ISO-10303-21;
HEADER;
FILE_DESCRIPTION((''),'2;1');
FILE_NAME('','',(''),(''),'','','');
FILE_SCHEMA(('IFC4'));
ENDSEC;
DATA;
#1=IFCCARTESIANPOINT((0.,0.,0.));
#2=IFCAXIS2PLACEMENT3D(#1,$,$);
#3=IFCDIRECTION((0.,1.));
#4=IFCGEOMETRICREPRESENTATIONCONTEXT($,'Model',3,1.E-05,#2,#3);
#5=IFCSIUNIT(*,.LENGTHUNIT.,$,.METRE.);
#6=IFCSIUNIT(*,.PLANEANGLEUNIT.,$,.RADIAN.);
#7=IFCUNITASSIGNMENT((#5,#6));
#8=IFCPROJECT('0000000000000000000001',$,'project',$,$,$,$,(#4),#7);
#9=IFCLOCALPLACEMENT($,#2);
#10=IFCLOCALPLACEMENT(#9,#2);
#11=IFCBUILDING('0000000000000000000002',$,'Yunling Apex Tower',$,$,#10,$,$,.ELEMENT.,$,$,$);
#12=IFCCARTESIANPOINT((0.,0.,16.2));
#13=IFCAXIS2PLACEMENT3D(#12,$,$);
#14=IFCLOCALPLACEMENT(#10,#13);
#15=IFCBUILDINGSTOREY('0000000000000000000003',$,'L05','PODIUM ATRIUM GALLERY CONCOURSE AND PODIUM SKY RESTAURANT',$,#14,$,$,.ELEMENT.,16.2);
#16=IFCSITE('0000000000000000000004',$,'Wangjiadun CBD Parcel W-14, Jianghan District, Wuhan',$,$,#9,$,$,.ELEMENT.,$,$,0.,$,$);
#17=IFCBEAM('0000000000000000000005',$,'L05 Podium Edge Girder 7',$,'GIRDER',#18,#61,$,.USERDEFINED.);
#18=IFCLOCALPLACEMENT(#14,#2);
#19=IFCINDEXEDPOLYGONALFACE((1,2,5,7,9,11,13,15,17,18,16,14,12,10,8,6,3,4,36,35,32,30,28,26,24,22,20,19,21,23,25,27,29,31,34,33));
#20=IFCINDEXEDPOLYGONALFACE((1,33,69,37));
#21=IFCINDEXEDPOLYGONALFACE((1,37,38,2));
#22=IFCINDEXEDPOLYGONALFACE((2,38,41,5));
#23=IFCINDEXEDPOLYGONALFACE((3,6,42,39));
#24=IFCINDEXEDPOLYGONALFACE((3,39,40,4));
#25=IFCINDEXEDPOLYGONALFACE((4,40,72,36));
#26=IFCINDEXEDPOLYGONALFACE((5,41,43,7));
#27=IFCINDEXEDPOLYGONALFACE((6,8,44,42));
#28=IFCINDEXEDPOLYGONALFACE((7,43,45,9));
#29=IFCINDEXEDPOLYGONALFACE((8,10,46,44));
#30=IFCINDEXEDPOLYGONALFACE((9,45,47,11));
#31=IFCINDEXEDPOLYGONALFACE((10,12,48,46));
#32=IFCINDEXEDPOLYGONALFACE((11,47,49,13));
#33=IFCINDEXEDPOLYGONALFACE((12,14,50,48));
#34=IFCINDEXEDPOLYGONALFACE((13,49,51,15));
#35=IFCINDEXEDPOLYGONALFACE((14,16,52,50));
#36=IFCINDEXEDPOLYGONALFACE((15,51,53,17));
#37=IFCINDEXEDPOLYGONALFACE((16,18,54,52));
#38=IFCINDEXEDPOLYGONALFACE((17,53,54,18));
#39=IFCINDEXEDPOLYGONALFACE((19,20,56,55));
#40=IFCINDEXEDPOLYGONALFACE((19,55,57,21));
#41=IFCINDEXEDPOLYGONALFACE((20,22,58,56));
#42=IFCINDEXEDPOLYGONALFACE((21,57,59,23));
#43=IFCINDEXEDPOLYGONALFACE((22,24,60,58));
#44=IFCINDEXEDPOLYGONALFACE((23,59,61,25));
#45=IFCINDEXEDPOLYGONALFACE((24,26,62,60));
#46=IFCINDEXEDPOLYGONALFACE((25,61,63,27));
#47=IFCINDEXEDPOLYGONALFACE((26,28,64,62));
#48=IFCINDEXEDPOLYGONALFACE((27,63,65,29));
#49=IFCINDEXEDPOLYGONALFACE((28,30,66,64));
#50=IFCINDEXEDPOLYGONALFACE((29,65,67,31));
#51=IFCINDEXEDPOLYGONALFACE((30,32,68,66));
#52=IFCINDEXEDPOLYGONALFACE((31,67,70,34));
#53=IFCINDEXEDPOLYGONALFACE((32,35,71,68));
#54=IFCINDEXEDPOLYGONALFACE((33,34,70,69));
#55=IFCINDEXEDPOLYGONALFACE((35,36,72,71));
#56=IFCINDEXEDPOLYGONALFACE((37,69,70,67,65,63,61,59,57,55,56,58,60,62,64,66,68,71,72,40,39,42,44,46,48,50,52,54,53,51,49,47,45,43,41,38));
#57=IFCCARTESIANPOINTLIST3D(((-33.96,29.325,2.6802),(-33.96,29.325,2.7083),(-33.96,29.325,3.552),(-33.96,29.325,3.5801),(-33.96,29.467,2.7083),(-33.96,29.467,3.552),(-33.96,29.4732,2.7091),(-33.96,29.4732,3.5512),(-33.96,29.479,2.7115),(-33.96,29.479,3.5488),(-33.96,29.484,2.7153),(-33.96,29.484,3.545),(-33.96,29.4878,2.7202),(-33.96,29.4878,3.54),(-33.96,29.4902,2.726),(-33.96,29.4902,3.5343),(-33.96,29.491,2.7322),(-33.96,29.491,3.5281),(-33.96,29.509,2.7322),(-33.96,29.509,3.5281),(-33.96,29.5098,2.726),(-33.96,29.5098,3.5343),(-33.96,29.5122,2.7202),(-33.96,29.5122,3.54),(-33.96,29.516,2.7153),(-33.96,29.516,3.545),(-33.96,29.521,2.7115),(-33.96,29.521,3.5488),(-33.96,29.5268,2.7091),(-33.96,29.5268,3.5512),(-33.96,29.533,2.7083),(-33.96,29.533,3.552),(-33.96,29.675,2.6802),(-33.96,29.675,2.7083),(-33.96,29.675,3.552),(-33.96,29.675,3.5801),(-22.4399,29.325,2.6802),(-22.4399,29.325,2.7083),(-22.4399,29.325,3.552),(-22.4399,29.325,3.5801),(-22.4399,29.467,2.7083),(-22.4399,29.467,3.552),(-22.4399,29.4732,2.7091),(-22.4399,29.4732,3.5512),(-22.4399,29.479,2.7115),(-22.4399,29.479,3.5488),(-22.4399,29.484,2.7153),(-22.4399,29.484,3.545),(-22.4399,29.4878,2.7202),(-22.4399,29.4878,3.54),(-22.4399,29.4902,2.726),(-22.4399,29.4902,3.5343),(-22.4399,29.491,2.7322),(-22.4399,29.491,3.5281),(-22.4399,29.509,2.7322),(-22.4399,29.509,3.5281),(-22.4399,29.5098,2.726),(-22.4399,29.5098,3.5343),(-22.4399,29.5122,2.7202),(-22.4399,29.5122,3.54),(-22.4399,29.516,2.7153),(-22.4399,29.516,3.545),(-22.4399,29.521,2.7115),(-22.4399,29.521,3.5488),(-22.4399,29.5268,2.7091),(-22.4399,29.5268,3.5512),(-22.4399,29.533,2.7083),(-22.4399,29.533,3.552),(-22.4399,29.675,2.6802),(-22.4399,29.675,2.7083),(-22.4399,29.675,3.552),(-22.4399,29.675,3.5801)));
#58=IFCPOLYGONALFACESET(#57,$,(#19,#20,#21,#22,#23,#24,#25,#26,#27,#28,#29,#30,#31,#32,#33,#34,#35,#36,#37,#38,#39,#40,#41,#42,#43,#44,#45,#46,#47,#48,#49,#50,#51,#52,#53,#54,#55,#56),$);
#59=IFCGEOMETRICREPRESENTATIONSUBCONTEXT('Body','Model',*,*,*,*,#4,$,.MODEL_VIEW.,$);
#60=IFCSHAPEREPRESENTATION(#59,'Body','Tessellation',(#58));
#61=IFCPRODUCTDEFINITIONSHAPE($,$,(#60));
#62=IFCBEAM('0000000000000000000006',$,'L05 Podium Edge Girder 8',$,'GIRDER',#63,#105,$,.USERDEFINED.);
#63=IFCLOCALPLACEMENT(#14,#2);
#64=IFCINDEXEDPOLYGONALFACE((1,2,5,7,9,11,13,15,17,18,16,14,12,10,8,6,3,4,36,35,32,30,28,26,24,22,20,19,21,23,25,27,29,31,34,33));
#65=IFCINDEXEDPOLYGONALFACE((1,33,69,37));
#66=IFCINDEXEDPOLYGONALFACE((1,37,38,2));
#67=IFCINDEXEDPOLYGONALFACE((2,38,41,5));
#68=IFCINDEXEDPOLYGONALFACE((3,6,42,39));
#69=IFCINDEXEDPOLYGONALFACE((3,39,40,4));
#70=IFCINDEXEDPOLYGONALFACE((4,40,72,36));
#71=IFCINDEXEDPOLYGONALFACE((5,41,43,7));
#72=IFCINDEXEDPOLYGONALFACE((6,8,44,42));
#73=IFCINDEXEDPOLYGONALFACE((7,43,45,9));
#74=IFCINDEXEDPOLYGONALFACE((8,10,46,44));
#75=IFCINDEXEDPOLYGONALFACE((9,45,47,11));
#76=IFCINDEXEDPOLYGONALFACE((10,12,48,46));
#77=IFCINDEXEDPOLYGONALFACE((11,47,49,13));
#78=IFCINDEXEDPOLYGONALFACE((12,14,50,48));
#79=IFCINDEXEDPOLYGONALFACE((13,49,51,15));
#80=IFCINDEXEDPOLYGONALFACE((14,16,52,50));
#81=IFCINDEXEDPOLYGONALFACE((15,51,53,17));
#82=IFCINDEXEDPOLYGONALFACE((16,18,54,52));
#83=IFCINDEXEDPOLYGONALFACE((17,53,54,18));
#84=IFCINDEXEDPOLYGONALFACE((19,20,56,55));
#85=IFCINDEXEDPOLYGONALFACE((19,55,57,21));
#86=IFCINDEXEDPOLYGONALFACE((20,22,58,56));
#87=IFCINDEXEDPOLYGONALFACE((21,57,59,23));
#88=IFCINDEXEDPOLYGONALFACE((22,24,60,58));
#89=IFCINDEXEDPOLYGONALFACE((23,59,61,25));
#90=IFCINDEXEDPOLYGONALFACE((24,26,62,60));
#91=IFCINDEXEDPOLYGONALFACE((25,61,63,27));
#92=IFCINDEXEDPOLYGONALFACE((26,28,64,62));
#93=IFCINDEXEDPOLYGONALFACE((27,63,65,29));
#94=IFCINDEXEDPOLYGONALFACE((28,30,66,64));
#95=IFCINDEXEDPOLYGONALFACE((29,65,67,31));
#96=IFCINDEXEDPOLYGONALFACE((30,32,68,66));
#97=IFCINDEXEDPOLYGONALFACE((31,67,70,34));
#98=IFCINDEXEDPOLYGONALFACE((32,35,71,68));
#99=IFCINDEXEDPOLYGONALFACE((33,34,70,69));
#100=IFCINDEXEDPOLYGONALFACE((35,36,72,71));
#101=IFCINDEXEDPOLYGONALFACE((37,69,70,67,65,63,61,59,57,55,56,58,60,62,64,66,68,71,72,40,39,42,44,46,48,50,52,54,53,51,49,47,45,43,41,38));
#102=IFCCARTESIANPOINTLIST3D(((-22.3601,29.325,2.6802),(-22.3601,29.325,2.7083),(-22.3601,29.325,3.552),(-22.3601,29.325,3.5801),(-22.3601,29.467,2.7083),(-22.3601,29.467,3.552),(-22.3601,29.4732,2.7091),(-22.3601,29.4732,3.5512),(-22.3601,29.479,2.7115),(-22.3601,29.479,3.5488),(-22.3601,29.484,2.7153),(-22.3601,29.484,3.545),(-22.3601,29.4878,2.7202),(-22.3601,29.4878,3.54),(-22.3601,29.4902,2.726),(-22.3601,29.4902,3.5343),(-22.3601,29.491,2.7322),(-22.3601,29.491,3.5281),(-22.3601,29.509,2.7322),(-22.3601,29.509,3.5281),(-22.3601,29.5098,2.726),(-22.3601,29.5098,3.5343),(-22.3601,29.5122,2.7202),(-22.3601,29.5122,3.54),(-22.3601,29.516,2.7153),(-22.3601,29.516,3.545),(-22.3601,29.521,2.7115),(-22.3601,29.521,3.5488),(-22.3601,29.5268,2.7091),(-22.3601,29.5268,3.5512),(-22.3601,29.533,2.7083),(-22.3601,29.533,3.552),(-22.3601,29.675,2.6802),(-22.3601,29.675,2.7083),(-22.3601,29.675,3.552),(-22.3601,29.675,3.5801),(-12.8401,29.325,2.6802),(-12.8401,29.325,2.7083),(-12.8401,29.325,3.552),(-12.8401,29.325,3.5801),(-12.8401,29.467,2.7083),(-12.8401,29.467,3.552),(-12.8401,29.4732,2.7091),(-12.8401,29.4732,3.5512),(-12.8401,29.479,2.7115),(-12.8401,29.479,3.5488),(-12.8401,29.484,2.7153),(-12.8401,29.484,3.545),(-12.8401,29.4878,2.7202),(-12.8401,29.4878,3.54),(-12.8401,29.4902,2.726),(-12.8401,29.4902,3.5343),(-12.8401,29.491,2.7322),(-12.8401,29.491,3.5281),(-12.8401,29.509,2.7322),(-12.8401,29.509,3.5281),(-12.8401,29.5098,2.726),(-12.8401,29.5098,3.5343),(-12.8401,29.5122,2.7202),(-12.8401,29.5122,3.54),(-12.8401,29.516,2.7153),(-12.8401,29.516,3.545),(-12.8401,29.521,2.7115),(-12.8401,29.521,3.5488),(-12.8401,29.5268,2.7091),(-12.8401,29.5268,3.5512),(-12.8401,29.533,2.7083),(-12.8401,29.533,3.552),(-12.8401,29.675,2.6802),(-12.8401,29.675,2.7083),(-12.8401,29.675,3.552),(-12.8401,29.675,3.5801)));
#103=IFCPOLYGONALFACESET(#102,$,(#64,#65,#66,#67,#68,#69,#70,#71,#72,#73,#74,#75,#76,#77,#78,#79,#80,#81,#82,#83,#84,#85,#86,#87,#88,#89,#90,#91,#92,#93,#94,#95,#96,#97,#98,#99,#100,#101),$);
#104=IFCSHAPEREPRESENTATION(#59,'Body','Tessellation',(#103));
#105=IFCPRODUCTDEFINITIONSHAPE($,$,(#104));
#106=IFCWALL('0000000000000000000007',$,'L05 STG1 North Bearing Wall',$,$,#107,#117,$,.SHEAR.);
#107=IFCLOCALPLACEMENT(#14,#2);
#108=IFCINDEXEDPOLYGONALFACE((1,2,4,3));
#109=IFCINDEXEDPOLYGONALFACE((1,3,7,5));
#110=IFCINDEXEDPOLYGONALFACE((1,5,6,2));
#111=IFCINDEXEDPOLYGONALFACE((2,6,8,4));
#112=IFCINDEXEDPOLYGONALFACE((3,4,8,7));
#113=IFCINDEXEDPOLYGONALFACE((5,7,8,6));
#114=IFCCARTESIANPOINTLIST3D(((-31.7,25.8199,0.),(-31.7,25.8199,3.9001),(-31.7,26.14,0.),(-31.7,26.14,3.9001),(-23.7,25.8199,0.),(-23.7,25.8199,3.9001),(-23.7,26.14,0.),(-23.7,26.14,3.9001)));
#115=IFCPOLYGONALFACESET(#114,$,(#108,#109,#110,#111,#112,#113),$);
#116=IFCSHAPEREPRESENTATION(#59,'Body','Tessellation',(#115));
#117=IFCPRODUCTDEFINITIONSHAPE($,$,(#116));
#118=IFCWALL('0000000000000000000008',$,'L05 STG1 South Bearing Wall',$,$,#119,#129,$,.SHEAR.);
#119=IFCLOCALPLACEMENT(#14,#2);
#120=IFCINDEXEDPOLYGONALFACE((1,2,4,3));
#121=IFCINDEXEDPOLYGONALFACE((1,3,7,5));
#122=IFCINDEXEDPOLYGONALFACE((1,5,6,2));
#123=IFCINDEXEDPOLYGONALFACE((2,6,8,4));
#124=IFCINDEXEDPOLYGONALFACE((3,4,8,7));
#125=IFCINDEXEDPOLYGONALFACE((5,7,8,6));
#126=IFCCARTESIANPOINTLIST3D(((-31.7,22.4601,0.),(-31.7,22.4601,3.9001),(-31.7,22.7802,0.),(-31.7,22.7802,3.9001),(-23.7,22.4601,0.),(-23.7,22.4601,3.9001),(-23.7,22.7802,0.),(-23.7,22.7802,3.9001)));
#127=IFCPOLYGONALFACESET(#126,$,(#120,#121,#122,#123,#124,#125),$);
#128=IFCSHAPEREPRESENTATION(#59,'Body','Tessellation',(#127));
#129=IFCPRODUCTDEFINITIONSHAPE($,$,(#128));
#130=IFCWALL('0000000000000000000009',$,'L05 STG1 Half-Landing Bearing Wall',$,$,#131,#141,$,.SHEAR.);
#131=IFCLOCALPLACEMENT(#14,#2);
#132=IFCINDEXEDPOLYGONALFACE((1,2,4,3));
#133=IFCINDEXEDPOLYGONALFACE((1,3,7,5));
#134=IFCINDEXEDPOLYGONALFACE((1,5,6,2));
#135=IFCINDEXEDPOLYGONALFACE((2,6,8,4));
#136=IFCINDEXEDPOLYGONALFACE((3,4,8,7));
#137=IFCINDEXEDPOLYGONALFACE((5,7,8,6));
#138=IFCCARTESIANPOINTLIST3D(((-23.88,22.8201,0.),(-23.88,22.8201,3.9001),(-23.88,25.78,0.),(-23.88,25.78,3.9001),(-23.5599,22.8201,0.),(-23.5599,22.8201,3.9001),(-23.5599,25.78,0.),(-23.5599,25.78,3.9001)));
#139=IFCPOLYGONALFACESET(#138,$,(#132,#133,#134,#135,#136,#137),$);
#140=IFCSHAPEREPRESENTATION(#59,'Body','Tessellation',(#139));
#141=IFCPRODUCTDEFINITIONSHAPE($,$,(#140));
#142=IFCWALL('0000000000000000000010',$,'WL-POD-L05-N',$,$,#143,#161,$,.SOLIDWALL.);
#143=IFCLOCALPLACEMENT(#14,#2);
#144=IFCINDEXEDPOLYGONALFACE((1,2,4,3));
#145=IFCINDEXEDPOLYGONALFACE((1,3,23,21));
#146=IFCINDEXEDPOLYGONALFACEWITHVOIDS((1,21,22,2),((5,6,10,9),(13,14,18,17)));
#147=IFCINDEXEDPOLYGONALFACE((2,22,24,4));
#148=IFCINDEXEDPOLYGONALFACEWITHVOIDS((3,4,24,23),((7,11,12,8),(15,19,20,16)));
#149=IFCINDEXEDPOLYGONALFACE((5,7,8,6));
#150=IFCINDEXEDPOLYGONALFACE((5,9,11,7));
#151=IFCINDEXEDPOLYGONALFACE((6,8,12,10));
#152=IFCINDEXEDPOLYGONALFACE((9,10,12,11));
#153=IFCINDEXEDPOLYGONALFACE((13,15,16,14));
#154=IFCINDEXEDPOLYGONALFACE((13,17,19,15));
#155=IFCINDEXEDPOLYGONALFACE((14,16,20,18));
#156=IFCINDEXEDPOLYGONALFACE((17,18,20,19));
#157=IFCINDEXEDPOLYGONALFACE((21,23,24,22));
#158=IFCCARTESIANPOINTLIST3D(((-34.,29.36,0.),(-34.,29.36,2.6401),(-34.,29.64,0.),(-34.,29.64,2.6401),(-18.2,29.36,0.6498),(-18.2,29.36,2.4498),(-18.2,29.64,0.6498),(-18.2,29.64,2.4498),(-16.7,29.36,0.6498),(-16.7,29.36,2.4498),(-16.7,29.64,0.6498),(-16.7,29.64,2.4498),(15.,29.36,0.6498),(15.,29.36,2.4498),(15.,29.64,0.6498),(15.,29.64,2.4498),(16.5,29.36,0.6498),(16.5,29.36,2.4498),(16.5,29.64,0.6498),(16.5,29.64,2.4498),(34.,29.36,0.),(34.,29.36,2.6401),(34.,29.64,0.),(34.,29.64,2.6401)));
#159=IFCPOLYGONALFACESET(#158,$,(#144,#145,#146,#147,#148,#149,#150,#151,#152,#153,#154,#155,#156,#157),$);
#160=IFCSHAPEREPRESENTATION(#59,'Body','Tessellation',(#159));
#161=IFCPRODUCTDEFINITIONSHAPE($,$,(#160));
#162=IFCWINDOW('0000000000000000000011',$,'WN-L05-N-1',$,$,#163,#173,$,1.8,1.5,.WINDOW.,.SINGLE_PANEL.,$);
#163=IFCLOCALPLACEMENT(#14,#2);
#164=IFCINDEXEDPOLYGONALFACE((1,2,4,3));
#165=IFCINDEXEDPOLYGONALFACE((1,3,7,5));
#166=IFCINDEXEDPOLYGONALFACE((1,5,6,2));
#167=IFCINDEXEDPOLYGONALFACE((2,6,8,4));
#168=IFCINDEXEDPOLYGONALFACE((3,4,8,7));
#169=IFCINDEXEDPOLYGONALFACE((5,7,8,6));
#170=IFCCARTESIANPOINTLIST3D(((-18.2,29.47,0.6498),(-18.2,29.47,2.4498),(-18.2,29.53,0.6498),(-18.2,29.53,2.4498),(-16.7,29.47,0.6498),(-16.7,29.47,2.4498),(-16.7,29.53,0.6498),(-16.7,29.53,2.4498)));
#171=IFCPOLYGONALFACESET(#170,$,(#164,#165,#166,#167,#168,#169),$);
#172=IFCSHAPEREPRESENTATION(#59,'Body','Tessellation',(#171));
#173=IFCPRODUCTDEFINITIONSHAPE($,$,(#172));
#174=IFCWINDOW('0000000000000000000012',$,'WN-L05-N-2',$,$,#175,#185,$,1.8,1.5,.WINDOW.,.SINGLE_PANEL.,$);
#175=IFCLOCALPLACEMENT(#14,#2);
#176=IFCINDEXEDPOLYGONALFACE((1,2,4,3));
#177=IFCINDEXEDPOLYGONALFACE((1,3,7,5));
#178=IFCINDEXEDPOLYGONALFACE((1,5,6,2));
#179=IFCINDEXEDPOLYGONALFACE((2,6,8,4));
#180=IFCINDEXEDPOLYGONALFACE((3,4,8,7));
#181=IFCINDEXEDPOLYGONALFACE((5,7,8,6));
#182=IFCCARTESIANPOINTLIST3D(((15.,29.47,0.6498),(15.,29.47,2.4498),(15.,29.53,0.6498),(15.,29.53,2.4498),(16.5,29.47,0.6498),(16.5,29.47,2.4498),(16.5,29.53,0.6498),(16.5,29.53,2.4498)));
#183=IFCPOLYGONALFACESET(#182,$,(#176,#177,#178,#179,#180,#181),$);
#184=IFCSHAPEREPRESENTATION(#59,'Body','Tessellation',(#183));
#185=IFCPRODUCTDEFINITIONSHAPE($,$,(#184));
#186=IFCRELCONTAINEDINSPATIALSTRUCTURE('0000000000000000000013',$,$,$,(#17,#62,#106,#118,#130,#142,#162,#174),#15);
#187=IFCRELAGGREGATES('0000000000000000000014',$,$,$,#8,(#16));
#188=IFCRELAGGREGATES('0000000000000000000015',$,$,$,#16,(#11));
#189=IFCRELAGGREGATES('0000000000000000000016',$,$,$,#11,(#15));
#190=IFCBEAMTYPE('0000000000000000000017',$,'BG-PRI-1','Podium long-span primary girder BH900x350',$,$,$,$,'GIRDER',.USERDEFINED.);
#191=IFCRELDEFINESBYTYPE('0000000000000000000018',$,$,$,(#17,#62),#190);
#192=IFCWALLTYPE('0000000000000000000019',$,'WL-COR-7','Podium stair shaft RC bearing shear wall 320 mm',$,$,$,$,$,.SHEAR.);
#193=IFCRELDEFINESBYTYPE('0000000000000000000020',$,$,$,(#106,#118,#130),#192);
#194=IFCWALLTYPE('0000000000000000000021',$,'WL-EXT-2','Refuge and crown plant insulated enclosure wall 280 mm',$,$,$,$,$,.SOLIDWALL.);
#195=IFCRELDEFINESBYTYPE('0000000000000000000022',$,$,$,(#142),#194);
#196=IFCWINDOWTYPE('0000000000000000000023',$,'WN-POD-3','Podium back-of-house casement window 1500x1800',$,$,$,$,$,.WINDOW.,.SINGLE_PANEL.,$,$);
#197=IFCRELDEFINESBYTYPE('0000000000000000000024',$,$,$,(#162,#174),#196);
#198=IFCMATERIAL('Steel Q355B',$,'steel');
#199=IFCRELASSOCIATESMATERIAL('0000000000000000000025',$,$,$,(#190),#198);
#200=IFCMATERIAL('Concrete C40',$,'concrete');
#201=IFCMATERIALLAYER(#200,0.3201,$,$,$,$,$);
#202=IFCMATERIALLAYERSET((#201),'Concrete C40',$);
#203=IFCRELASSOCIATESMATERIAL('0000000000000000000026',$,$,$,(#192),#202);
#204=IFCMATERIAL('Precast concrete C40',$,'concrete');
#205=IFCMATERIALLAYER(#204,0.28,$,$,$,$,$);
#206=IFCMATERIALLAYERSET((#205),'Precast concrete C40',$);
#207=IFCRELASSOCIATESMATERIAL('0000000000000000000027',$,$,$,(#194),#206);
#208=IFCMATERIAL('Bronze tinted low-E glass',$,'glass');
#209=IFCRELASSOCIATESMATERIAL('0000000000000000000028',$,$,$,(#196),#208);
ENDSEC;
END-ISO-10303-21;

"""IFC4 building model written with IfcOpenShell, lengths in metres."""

from ifc_helpers import new_model, si_unit, direction, frame, frame_2d, origin, origin_2d, place, context, subcontext, project, spatial, rectangle, i_section, extrude, source, transform, mapped, material, layer, layer_set, material_profile, profile_set, type_object, element, fill, save


model = new_model("IFC4")

# Units and contexts
model_context = context("Model", 3, precision=1e-05, world=origin(), true_north=direction((0.0, 1.0)))
body_context = subcontext(model_context, "Body", "Model", "MODEL_VIEW")
ifc_project = project(units=[si_unit("LENGTHUNIT", "METRE"), si_unit("PLANEANGLEUNIT", "RADIAN")], contexts=[model_context])

# Site, building, storey
site_placement = place(None, origin())
site = spatial("IfcSite", under=ifc_project, at=site_placement, Name="Wangjiadun CBD Parcel W-14, Jianghan District, Wuhan", CompositionType="ELEMENT", RefElevation=0.0)
building_placement = place(site_placement, origin())
building = spatial("IfcBuilding", under=site, at=building_placement, Name="Yunling Apex Tower", CompositionType="ELEMENT")
storey_placement = place(building_placement, frame((0.0, 0.0, 16.2)))
storey = spatial("IfcBuildingStorey", under=building, at=storey_placement, Name="L05", Description="PODIUM ATRIUM GALLERY CONCOURSE AND PODIUM SKY RESTAURANT", CompositionType="ELEMENT", Elevation=16.2)

# Beams
ifc_material_1 = material(Name="Steel Q355B", Category="steel")
ifc_material_profile_1 = material_profile(ifc_material_1, i_section(OverallWidth=0.3501, OverallDepth=0.8999, WebThickness=0.0181, FlangeThickness=0.0281, FilletRadius=0.0239, at=origin_2d()))
ifc_profile_set_1 = profile_set([ifc_material_profile_1], Name="Steel Q355B")
beam_type_1 = type_object("IfcBeamType", Name="BG-PRI-1", Description="Podium long-span primary girder BH900x350", ElementType="GIRDER", PredefinedType="USERDEFINED", material=ifc_profile_set_1)
shared_shape_1 = source(origin(), body_context, "Body", "SweptSolid", [
    extrude(i_section(OverallWidth=0.3501, OverallDepth=0.8999, WebThickness=0.0181, FlangeThickness=0.0281, FilletRadius=0.0239, at=origin_2d()), origin(), (0.0, 0.0, 1.0), 11.52),
])
beam_1_placement = place(storey_placement, frame((-33.96, 29.5, 3.1301), z_axis=(1.0, 0.0, 0.0), x_axis=(0.0, 1.0, 0.0)))
element("IfcBeam", 1, at=beam_1_placement, inside=storey, type_object=beam_type_1, Name="L05 Podium Edge Girder 7", ObjectType="GIRDER", PredefinedType="USERDEFINED", context=body_context, shape_type="MappedRepresentation", body=[
    mapped(shared_shape_1, transform((0.0, 0.0, 0.0), scale=1.0)),
])
shared_shape_2 = source(origin(), body_context, "Body", "SweptSolid", [
    extrude(i_section(OverallWidth=0.3501, OverallDepth=0.8999, WebThickness=0.0181, FlangeThickness=0.0281, FilletRadius=0.0239, at=origin_2d()), origin(), (0.0, 0.0, 1.0), 9.52),
])
beam_2_placement = place(storey_placement, frame((-22.3601, 29.5, 3.1301), z_axis=(1.0, 0.0, 0.0), x_axis=(0.0, 1.0, 0.0)))
element("IfcBeam", 2, at=beam_2_placement, inside=storey, type_object=beam_type_1, Name="L05 Podium Edge Girder 8", ObjectType="GIRDER", PredefinedType="USERDEFINED", context=body_context, shape_type="MappedRepresentation", body=[
    mapped(shared_shape_2, transform((0.0, 0.0, 0.0), scale=1.0)),
])

# Walls
ifc_material_2 = material(Name="Concrete C40", Category="concrete")
ifc_layer_1 = layer(ifc_material_2, 0.3201)
ifc_layer_set_1 = layer_set([ifc_layer_1], Name="Concrete C40")
wall_type_1 = type_object("IfcWallType", Name="WL-COR-7", Description="Podium stair shaft RC bearing shear wall 320 mm", PredefinedType="SHEAR", material=ifc_layer_set_1)
for number, where, z_axis, x_axis, name in (
    (3, (-31.7, 25.98, 0.0), (0.0, 0.0, 1.0), (1.0, 0.0, 0.0), "L05 STG1 North Bearing Wall"),
    (4, (-31.7, 22.6201, 0.0), (0.0, 0.0, 1.0), (1.0, 0.0, 0.0), "L05 STG1 South Bearing Wall"),
):
    element("IfcWall", number, at=place(storey_placement, frame(where, z_axis=z_axis, x_axis=x_axis)), inside=storey, type_object=wall_type_1, Name=name, PredefinedType="SHEAR", context=body_context, shape_type="SweptSolid", body=[
        extrude(rectangle(XDim=8.0, YDim=0.3201, at=frame_2d((4.0, 0.0))), origin(), (0.0, 0.0, 1.0), 3.9001),
    ])
wall_1_placement = place(storey_placement, frame((-23.72, 22.8201, 0.0), z_axis=(0.0, 0.0, 1.0), x_axis=(0.0, 1.0, 0.0)))
element("IfcWall", 5, at=wall_1_placement, inside=storey, type_object=wall_type_1, Name="L05 STG1 Half-Landing Bearing Wall", PredefinedType="SHEAR", context=body_context, shape_type="SweptSolid", body=[
    extrude(rectangle(XDim=2.96, YDim=0.3201, at=frame_2d((1.48, 0.0))), origin(), (0.0, 0.0, 1.0), 3.9001),
])

# Wall, openings, windows
ifc_material_3 = material(Name="Precast concrete C40", Category="concrete")
ifc_layer_2 = layer(ifc_material_3, 0.28)
ifc_layer_set_2 = layer_set([ifc_layer_2], Name="Precast concrete C40")
wall_type_2 = type_object("IfcWallType", Name="WL-EXT-2", Description="Refuge and crown plant insulated enclosure wall 280 mm", PredefinedType="SOLIDWALL", material=ifc_layer_set_2)
wall_2_placement = place(storey_placement, frame((-34.0, 29.5, 0.0), z_axis=(0.0, 0.0, 1.0), x_axis=(1.0, 0.0, 0.0)))
wall_2 = element("IfcWall", 6, at=wall_2_placement, inside=storey, type_object=wall_type_2, Name="WL-POD-L05-N", PredefinedType="SOLIDWALL", context=body_context, shape_type="SweptSolid", body=[
    extrude(rectangle(XDim=68.0, YDim=0.28, at=frame_2d((34.0, 0.0))), origin(), (0.0, 0.0, 1.0), 2.6401),
])
opening_1_placement = place(wall_2_placement, frame((15.8, 0.0, 0.6499)))
opening_1 = element("IfcOpeningElement", 7, at=opening_1_placement, cuts=wall_2, PredefinedType="OPENING", context=body_context, shape_type="SweptSolid", body=[
    extrude(rectangle(XDim=1.5, YDim=1.8, at=frame_2d((0.75, 0.8999))), frame((0.0, 0.1499, 0.0), z_axis=(0.0, -1.0, 0.0), x_axis=(1.0, 0.0, 0.0)), (0.0, 0.0, 1.0), 0.3),
])
opening_2_placement = place(wall_2_placement, frame((49.0, 0.0, 0.6499)))
opening_2 = element("IfcOpeningElement", 8, at=opening_2_placement, cuts=wall_2, PredefinedType="OPENING", context=body_context, shape_type="SweptSolid", body=[
    extrude(rectangle(XDim=1.5, YDim=1.8, at=frame_2d((0.75, 0.8999))), frame((0.0, 0.1499, 0.0), z_axis=(0.0, -1.0, 0.0), x_axis=(1.0, 0.0, 0.0)), (0.0, 0.0, 1.0), 0.3),
])
ifc_material_4 = material(Name="Bronze tinted low-E glass", Category="glass")
window_type = type_object("IfcWindowType", Name="WN-POD-3", Description="Podium back-of-house casement window 1500x1800", PartitioningType="SINGLE_PANEL", PredefinedType="WINDOW", material=ifc_material_4)
window_1_placement = place(opening_1_placement, origin())
window_1 = element("IfcWindow", 9, at=window_1_placement, inside=storey, type_object=window_type, Name="WN-L05-N-1", OverallHeight=1.8, OverallWidth=1.5, PartitioningType="SINGLE_PANEL", PredefinedType="WINDOW", context=body_context, shape_type="SweptSolid", body=[
    extrude(rectangle(XDim=1.5, YDim=1.8, at=frame_2d((0.75, 0.8999))), frame((0.0, 0.03, 0.0), z_axis=(0.0, -1.0, 0.0), x_axis=(1.0, 0.0, 0.0)), (0.0, 0.0, 1.0), 0.0601),
])
fill(opening_1, window_1)
window_2_placement = place(opening_2_placement, origin())
window_2 = element("IfcWindow", 10, at=window_2_placement, inside=storey, type_object=window_type, Name="WN-L05-N-2", OverallHeight=1.8, OverallWidth=1.5, PartitioningType="SINGLE_PANEL", PredefinedType="WINDOW", context=body_context, shape_type="SweptSolid", body=[
    extrude(rectangle(XDim=1.5, YDim=1.8, at=frame_2d((0.75, 0.8999))), frame((0.0, 0.03, 0.0), z_axis=(0.0, -1.0, 0.0), x_axis=(1.0, 0.0, 0.0)), (0.0, 0.0, 1.0), 0.0601),
])
fill(opening_2, window_2)

save(model, "model.ifc")
